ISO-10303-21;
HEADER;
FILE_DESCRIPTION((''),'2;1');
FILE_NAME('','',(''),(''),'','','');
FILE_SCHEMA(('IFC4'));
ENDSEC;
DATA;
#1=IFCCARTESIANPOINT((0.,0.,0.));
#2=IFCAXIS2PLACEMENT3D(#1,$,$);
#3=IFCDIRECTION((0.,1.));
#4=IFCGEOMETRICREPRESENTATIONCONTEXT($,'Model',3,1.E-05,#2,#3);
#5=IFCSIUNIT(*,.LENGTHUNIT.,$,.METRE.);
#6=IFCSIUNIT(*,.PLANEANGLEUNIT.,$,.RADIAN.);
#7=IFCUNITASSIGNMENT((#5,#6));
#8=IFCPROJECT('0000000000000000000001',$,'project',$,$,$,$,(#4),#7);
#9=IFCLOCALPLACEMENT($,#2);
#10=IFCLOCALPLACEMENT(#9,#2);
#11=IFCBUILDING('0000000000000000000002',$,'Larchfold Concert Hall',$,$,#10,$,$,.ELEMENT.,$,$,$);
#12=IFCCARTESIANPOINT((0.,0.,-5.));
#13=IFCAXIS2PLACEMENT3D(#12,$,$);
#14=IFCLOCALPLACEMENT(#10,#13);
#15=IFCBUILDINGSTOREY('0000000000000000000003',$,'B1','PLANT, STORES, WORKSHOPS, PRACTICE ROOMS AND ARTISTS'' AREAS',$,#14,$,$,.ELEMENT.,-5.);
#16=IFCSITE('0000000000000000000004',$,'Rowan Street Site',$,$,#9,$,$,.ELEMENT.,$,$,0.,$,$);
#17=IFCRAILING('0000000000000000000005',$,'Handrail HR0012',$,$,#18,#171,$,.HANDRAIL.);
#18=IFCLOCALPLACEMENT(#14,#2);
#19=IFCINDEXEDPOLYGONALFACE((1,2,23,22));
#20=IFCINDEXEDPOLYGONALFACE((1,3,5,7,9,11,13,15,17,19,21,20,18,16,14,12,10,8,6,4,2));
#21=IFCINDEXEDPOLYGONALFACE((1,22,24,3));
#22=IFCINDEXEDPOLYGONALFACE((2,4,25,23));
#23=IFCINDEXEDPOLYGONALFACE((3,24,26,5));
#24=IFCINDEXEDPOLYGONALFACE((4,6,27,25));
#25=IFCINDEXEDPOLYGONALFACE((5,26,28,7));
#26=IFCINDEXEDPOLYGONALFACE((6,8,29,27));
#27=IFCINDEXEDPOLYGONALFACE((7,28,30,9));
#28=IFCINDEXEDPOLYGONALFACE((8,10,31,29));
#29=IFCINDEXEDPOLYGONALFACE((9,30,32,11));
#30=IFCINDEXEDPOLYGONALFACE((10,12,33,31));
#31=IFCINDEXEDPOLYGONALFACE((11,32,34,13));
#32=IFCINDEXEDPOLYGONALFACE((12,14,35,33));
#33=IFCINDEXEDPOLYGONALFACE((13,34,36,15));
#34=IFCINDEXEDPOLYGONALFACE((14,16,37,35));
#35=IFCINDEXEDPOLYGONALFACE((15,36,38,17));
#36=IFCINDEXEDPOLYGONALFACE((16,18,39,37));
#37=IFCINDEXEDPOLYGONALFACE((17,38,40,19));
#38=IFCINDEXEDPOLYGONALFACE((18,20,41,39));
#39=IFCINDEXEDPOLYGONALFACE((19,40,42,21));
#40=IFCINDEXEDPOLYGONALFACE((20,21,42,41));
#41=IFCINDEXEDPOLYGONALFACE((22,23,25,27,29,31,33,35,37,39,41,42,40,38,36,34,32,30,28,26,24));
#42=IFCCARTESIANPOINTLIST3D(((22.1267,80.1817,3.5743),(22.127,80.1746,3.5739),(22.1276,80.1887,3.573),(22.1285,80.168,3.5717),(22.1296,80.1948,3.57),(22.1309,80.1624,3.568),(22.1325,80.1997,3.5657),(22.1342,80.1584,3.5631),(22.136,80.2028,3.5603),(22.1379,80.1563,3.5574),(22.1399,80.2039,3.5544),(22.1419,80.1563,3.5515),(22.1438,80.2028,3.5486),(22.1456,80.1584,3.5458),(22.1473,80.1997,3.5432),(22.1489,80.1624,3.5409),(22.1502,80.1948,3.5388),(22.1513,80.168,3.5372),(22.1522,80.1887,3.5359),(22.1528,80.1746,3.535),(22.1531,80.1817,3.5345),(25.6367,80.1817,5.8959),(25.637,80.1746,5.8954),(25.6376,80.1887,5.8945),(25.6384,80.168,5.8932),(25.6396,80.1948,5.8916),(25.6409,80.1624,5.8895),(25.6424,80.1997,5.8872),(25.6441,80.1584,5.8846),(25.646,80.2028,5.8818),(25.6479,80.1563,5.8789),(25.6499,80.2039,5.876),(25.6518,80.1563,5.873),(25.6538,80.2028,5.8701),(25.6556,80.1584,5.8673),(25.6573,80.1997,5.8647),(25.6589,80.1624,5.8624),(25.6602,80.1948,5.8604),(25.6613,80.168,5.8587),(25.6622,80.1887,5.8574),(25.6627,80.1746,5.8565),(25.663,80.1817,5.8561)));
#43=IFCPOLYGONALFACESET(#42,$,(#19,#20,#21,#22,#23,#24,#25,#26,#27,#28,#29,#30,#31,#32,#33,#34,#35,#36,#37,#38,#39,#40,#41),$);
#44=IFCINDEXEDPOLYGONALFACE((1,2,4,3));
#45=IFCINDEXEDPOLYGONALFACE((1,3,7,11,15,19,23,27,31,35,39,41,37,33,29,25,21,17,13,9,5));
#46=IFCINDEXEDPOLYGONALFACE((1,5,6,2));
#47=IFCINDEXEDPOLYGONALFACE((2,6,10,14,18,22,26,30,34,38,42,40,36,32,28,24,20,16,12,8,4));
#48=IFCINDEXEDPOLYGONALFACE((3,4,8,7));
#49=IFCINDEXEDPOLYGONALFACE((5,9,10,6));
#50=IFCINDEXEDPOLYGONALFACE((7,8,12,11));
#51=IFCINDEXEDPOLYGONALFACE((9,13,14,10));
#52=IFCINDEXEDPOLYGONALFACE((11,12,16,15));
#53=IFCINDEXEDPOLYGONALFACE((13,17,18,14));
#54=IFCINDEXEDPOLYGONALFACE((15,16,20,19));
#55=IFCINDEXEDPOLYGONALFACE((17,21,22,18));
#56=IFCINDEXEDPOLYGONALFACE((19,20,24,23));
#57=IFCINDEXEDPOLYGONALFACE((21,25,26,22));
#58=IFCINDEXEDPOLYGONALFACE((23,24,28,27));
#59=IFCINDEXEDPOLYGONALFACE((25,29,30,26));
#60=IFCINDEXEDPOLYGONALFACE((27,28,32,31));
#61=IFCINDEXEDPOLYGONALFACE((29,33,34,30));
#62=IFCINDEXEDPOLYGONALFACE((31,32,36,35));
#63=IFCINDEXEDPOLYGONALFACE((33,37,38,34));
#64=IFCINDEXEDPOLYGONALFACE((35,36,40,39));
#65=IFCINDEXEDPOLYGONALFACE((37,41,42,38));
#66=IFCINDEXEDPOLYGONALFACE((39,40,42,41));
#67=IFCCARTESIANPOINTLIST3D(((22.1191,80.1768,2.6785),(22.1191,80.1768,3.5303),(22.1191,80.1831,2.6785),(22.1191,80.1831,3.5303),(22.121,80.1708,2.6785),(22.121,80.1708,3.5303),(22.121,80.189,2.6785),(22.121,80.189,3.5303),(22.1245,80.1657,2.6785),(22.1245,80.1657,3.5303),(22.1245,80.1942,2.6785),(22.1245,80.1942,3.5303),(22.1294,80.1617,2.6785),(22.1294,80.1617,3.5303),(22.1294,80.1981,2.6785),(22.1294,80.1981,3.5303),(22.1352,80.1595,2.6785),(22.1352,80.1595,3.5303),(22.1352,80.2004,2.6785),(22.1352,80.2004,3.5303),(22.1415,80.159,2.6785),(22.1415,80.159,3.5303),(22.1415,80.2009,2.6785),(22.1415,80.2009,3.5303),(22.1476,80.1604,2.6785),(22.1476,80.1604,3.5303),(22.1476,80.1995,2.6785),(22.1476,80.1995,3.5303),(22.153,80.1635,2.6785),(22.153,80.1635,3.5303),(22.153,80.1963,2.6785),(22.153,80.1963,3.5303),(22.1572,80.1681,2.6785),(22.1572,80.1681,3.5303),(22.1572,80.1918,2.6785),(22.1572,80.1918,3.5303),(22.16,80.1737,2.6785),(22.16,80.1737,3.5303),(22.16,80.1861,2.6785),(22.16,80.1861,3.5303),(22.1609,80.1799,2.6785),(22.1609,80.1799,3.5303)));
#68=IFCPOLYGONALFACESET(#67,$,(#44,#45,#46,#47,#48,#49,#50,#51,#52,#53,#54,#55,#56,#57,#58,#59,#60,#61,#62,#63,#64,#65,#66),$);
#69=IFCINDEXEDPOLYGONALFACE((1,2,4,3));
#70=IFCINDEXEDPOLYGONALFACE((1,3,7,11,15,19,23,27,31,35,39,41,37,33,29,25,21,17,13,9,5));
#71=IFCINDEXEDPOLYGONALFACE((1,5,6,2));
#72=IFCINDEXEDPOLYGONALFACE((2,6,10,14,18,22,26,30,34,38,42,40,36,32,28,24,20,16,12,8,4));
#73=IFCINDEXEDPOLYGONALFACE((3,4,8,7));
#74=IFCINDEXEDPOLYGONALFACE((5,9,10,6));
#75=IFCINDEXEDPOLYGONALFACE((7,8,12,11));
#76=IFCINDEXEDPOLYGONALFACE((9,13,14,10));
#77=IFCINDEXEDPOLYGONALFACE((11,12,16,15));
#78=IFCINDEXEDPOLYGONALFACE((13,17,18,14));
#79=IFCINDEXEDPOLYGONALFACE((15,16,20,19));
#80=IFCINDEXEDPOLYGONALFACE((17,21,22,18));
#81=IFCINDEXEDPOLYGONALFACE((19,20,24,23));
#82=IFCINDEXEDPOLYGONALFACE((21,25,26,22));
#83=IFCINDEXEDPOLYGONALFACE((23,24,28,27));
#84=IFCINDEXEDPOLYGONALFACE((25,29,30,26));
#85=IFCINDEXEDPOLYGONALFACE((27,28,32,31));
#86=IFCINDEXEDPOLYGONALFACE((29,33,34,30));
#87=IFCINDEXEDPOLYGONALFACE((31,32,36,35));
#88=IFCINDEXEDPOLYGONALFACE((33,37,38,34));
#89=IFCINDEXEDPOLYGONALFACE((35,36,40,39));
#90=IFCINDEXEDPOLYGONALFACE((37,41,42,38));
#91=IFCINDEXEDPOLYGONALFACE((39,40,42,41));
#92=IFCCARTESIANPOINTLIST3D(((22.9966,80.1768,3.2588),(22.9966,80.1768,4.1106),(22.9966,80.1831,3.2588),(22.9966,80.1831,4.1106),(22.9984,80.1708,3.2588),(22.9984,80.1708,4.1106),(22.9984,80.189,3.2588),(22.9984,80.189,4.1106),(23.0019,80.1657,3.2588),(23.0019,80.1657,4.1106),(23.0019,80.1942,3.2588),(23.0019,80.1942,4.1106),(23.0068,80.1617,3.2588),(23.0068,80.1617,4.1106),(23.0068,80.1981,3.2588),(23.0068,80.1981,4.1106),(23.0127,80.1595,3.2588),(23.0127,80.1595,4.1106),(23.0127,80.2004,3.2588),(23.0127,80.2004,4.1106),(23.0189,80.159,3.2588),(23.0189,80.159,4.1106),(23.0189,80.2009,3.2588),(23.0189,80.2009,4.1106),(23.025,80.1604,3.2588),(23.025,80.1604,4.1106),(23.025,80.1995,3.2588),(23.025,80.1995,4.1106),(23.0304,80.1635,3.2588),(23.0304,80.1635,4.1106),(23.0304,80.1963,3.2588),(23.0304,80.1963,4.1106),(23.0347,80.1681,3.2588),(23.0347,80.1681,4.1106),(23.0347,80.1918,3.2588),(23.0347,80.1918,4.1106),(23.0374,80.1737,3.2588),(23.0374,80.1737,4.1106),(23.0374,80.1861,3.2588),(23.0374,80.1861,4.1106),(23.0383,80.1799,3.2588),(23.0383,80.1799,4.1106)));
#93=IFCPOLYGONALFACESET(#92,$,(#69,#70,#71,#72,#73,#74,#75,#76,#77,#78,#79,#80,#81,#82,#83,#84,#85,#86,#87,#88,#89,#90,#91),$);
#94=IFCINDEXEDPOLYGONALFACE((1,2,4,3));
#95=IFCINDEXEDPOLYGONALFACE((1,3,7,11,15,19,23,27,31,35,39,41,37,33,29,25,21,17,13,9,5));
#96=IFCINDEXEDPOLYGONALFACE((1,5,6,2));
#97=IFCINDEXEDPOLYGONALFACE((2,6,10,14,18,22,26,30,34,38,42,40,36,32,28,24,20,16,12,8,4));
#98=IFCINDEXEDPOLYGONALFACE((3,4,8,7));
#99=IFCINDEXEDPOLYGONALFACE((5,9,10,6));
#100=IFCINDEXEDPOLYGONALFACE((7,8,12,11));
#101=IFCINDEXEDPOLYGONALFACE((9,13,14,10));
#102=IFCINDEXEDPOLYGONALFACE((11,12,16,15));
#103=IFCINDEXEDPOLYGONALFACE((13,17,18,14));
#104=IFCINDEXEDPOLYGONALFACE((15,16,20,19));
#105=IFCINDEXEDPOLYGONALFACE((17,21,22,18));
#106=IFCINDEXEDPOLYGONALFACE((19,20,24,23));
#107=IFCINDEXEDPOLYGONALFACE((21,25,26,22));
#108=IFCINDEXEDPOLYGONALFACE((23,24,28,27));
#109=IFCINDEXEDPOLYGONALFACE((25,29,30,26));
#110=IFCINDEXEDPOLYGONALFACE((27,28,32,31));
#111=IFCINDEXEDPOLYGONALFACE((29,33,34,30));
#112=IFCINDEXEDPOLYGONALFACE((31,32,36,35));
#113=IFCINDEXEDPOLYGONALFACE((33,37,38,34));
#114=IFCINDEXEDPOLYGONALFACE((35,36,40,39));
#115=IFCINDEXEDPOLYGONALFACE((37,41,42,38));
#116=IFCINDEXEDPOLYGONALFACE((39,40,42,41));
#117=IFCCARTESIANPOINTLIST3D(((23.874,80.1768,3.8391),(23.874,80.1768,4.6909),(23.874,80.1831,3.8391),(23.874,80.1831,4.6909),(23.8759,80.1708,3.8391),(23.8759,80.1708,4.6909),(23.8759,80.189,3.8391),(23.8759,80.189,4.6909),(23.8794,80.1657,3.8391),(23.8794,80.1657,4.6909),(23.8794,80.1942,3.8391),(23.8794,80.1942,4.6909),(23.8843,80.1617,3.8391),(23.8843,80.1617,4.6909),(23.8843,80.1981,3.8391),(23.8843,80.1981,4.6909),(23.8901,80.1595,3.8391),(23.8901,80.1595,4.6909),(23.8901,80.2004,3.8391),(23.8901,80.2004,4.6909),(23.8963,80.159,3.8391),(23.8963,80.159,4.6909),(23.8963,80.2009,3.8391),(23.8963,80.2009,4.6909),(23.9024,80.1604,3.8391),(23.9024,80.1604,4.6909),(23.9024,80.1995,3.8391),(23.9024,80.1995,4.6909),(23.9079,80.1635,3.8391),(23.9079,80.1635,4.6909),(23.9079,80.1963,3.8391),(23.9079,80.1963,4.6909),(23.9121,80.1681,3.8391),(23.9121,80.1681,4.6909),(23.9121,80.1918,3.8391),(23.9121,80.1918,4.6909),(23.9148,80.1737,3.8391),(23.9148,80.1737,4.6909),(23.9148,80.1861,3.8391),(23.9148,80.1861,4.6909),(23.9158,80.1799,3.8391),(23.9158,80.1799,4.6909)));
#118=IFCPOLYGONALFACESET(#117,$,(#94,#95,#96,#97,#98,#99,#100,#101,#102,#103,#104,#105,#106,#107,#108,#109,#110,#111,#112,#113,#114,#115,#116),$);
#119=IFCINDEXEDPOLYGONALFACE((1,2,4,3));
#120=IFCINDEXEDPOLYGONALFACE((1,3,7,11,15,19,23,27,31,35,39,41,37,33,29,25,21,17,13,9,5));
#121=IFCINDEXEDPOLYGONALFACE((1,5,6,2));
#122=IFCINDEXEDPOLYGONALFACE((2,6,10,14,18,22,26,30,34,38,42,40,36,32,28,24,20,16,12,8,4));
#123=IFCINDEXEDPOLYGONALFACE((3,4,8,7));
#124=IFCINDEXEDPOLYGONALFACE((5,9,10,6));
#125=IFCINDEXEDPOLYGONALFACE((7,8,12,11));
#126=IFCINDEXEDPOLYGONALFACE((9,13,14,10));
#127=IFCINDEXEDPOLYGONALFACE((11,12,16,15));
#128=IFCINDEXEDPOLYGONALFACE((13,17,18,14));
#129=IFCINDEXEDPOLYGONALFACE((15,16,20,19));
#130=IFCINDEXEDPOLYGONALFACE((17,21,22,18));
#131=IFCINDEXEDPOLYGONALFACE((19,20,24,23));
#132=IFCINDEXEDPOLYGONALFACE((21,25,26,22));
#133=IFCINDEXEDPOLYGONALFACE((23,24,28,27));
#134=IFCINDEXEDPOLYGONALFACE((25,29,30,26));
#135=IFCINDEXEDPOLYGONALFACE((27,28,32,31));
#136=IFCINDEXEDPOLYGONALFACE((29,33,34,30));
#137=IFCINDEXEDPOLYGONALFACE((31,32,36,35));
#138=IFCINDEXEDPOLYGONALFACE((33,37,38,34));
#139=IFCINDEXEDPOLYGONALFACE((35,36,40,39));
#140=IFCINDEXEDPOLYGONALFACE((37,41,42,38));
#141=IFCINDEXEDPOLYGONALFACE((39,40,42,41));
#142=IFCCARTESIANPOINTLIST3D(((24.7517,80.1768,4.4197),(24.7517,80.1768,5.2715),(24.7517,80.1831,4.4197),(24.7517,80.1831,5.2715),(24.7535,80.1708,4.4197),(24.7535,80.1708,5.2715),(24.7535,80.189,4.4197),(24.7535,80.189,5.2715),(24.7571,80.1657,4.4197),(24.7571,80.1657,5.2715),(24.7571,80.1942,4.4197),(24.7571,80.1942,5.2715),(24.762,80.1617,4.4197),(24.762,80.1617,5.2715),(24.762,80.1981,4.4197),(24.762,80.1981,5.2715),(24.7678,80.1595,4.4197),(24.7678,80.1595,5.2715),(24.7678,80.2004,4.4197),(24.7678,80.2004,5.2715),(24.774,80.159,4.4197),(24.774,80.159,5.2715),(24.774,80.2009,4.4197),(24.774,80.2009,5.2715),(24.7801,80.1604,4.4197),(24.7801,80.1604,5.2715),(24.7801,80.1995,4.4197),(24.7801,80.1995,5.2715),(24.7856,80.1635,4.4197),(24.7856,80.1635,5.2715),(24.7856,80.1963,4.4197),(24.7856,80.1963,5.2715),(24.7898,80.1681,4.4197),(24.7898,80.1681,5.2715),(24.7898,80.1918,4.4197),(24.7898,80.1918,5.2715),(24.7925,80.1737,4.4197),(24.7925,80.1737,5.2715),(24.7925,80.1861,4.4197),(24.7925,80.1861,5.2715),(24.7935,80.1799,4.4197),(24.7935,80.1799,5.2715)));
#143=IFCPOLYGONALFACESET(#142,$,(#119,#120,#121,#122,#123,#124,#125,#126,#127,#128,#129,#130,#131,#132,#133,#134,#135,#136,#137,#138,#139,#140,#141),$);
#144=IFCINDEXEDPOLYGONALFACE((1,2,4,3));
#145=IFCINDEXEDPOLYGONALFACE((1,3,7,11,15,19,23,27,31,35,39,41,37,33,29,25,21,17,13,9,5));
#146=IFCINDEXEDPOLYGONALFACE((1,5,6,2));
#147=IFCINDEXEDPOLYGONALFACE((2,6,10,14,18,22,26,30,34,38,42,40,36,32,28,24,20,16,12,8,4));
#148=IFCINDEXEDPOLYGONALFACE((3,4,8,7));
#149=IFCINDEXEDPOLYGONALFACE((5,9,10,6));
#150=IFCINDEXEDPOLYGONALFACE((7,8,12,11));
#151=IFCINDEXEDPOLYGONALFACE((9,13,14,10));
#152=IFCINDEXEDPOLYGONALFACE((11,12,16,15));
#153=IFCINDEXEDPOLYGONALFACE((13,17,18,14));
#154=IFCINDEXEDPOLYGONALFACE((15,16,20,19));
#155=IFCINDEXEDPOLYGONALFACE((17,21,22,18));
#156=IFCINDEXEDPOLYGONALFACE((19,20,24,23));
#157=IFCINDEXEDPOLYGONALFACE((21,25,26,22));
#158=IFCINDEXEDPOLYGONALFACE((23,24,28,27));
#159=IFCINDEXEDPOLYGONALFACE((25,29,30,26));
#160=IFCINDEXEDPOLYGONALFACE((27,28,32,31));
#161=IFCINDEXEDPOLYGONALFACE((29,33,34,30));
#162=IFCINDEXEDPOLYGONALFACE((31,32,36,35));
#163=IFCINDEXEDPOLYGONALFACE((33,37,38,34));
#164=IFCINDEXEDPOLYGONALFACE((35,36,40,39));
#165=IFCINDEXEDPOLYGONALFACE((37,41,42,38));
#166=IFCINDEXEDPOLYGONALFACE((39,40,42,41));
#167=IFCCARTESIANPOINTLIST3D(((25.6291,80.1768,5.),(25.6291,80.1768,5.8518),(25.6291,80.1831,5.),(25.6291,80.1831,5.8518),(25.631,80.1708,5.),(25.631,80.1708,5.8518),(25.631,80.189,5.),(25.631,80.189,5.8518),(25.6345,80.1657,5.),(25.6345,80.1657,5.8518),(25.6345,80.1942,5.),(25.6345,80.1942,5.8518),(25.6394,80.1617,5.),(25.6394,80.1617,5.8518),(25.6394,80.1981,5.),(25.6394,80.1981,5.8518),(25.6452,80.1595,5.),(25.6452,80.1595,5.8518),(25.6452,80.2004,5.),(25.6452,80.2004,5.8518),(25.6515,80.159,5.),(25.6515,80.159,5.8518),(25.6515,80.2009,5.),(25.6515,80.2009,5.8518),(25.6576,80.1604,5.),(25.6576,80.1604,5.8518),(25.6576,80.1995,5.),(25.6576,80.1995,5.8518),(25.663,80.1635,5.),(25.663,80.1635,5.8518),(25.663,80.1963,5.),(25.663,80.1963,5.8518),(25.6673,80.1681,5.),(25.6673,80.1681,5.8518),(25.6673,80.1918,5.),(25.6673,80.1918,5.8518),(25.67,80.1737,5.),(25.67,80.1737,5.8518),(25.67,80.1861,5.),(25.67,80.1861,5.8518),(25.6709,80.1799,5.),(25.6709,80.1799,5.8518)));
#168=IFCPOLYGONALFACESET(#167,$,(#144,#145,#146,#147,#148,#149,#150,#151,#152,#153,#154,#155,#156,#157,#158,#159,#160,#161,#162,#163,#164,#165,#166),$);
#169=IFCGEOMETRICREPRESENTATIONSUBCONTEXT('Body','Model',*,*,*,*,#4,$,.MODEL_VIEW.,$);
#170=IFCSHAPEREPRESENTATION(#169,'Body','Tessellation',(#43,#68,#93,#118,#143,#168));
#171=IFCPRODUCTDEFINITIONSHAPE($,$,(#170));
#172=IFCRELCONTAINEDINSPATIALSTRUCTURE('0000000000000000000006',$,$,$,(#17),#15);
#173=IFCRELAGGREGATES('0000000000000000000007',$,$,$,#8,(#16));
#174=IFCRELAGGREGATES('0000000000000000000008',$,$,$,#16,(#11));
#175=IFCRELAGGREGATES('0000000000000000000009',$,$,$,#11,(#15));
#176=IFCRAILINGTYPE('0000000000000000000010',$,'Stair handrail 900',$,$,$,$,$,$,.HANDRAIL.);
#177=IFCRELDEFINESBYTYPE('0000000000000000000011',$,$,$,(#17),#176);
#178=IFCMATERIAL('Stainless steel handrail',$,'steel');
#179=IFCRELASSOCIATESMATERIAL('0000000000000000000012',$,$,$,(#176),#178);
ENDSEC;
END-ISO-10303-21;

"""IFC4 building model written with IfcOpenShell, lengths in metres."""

from ifc_helpers import new_model, si_unit, direction, frame, origin, origin_2d, place, context, subcontext, project, spatial, circle, extrude, material, type_object, element, save


model = new_model("IFC4")

# Units and contexts
model_context = context("Model", 3, precision=1e-05, world=origin(), true_north=direction((0.0, 1.0)))
body_context = subcontext(model_context, "Body", "Model", "MODEL_VIEW")
ifc_project = project(units=[si_unit("LENGTHUNIT", "METRE"), si_unit("PLANEANGLEUNIT", "RADIAN")], contexts=[model_context])

# Site, building, storey
site_placement = place(None, origin())
site = spatial("IfcSite", under=ifc_project, at=site_placement, Name="Rowan Street Site", CompositionType="ELEMENT", RefElevation=0.0)
building_placement = place(site_placement, origin())
building = spatial("IfcBuilding", under=site, at=building_placement, Name="Larchfold Concert Hall", CompositionType="ELEMENT")
storey_placement = place(building_placement, frame((0.0, 0.0, -5.0)))
storey = spatial("IfcBuildingStorey", under=building, at=storey_placement, Name="B1", Description="PLANT, STORES, WORKSHOPS, PRACTICE ROOMS AND ARTISTS' AREAS", CompositionType="ELEMENT", Elevation=-5.0)

# Railing
ifc_material_1 = material(Name="Stainless steel handrail", Category="steel")
railing_type_1 = type_object("IfcRailingType", Name="Stair handrail 900", PredefinedType="HANDRAIL", material=ifc_material_1)
for number, where, name in (
    (1, (22.1399, 80.1799, 2.6785), "Handrail HR0012"),
):
    element("IfcRailing", number, at=place(storey_placement, frame(where)), inside=storey, type_object=railing_type_1, Name=name, PredefinedType="HANDRAIL", context=body_context, shape_type="SweptSolid", body=[
        extrude(circle(Radius=0.0239, at=origin_2d()), frame((0.0, 0.0, 0.876), z_axis=(0.834071, 0.0, 0.551657), x_axis=(0.0, 1.0, 0.0)), (0.0, 0.0, 1.0), 4.2083),
        extrude(circle(Radius=0.021, at=origin_2d()), origin(), (0.0, 0.0, 1.0), 0.8518),
        extrude(circle(Radius=0.021, at=origin_2d()), frame((0.8774, 0.0, 0.5803)), (0.0, 0.0, 1.0), 0.8518),
        extrude(circle(Radius=0.021, at=origin_2d()), frame((1.7549, 0.0, 1.1606)), (0.0, 0.0, 1.0), 0.8518),
        extrude(circle(Radius=0.021, at=origin_2d()), frame((2.6326, 0.0, 1.7412)), (0.0, 0.0, 1.0), 0.8518),
        extrude(circle(Radius=0.021, at=origin_2d()), frame((3.51, 0.0, 2.3215)), (0.0, 0.0, 1.0), 0.8518),
    ])

save(model, "model.ifc")
